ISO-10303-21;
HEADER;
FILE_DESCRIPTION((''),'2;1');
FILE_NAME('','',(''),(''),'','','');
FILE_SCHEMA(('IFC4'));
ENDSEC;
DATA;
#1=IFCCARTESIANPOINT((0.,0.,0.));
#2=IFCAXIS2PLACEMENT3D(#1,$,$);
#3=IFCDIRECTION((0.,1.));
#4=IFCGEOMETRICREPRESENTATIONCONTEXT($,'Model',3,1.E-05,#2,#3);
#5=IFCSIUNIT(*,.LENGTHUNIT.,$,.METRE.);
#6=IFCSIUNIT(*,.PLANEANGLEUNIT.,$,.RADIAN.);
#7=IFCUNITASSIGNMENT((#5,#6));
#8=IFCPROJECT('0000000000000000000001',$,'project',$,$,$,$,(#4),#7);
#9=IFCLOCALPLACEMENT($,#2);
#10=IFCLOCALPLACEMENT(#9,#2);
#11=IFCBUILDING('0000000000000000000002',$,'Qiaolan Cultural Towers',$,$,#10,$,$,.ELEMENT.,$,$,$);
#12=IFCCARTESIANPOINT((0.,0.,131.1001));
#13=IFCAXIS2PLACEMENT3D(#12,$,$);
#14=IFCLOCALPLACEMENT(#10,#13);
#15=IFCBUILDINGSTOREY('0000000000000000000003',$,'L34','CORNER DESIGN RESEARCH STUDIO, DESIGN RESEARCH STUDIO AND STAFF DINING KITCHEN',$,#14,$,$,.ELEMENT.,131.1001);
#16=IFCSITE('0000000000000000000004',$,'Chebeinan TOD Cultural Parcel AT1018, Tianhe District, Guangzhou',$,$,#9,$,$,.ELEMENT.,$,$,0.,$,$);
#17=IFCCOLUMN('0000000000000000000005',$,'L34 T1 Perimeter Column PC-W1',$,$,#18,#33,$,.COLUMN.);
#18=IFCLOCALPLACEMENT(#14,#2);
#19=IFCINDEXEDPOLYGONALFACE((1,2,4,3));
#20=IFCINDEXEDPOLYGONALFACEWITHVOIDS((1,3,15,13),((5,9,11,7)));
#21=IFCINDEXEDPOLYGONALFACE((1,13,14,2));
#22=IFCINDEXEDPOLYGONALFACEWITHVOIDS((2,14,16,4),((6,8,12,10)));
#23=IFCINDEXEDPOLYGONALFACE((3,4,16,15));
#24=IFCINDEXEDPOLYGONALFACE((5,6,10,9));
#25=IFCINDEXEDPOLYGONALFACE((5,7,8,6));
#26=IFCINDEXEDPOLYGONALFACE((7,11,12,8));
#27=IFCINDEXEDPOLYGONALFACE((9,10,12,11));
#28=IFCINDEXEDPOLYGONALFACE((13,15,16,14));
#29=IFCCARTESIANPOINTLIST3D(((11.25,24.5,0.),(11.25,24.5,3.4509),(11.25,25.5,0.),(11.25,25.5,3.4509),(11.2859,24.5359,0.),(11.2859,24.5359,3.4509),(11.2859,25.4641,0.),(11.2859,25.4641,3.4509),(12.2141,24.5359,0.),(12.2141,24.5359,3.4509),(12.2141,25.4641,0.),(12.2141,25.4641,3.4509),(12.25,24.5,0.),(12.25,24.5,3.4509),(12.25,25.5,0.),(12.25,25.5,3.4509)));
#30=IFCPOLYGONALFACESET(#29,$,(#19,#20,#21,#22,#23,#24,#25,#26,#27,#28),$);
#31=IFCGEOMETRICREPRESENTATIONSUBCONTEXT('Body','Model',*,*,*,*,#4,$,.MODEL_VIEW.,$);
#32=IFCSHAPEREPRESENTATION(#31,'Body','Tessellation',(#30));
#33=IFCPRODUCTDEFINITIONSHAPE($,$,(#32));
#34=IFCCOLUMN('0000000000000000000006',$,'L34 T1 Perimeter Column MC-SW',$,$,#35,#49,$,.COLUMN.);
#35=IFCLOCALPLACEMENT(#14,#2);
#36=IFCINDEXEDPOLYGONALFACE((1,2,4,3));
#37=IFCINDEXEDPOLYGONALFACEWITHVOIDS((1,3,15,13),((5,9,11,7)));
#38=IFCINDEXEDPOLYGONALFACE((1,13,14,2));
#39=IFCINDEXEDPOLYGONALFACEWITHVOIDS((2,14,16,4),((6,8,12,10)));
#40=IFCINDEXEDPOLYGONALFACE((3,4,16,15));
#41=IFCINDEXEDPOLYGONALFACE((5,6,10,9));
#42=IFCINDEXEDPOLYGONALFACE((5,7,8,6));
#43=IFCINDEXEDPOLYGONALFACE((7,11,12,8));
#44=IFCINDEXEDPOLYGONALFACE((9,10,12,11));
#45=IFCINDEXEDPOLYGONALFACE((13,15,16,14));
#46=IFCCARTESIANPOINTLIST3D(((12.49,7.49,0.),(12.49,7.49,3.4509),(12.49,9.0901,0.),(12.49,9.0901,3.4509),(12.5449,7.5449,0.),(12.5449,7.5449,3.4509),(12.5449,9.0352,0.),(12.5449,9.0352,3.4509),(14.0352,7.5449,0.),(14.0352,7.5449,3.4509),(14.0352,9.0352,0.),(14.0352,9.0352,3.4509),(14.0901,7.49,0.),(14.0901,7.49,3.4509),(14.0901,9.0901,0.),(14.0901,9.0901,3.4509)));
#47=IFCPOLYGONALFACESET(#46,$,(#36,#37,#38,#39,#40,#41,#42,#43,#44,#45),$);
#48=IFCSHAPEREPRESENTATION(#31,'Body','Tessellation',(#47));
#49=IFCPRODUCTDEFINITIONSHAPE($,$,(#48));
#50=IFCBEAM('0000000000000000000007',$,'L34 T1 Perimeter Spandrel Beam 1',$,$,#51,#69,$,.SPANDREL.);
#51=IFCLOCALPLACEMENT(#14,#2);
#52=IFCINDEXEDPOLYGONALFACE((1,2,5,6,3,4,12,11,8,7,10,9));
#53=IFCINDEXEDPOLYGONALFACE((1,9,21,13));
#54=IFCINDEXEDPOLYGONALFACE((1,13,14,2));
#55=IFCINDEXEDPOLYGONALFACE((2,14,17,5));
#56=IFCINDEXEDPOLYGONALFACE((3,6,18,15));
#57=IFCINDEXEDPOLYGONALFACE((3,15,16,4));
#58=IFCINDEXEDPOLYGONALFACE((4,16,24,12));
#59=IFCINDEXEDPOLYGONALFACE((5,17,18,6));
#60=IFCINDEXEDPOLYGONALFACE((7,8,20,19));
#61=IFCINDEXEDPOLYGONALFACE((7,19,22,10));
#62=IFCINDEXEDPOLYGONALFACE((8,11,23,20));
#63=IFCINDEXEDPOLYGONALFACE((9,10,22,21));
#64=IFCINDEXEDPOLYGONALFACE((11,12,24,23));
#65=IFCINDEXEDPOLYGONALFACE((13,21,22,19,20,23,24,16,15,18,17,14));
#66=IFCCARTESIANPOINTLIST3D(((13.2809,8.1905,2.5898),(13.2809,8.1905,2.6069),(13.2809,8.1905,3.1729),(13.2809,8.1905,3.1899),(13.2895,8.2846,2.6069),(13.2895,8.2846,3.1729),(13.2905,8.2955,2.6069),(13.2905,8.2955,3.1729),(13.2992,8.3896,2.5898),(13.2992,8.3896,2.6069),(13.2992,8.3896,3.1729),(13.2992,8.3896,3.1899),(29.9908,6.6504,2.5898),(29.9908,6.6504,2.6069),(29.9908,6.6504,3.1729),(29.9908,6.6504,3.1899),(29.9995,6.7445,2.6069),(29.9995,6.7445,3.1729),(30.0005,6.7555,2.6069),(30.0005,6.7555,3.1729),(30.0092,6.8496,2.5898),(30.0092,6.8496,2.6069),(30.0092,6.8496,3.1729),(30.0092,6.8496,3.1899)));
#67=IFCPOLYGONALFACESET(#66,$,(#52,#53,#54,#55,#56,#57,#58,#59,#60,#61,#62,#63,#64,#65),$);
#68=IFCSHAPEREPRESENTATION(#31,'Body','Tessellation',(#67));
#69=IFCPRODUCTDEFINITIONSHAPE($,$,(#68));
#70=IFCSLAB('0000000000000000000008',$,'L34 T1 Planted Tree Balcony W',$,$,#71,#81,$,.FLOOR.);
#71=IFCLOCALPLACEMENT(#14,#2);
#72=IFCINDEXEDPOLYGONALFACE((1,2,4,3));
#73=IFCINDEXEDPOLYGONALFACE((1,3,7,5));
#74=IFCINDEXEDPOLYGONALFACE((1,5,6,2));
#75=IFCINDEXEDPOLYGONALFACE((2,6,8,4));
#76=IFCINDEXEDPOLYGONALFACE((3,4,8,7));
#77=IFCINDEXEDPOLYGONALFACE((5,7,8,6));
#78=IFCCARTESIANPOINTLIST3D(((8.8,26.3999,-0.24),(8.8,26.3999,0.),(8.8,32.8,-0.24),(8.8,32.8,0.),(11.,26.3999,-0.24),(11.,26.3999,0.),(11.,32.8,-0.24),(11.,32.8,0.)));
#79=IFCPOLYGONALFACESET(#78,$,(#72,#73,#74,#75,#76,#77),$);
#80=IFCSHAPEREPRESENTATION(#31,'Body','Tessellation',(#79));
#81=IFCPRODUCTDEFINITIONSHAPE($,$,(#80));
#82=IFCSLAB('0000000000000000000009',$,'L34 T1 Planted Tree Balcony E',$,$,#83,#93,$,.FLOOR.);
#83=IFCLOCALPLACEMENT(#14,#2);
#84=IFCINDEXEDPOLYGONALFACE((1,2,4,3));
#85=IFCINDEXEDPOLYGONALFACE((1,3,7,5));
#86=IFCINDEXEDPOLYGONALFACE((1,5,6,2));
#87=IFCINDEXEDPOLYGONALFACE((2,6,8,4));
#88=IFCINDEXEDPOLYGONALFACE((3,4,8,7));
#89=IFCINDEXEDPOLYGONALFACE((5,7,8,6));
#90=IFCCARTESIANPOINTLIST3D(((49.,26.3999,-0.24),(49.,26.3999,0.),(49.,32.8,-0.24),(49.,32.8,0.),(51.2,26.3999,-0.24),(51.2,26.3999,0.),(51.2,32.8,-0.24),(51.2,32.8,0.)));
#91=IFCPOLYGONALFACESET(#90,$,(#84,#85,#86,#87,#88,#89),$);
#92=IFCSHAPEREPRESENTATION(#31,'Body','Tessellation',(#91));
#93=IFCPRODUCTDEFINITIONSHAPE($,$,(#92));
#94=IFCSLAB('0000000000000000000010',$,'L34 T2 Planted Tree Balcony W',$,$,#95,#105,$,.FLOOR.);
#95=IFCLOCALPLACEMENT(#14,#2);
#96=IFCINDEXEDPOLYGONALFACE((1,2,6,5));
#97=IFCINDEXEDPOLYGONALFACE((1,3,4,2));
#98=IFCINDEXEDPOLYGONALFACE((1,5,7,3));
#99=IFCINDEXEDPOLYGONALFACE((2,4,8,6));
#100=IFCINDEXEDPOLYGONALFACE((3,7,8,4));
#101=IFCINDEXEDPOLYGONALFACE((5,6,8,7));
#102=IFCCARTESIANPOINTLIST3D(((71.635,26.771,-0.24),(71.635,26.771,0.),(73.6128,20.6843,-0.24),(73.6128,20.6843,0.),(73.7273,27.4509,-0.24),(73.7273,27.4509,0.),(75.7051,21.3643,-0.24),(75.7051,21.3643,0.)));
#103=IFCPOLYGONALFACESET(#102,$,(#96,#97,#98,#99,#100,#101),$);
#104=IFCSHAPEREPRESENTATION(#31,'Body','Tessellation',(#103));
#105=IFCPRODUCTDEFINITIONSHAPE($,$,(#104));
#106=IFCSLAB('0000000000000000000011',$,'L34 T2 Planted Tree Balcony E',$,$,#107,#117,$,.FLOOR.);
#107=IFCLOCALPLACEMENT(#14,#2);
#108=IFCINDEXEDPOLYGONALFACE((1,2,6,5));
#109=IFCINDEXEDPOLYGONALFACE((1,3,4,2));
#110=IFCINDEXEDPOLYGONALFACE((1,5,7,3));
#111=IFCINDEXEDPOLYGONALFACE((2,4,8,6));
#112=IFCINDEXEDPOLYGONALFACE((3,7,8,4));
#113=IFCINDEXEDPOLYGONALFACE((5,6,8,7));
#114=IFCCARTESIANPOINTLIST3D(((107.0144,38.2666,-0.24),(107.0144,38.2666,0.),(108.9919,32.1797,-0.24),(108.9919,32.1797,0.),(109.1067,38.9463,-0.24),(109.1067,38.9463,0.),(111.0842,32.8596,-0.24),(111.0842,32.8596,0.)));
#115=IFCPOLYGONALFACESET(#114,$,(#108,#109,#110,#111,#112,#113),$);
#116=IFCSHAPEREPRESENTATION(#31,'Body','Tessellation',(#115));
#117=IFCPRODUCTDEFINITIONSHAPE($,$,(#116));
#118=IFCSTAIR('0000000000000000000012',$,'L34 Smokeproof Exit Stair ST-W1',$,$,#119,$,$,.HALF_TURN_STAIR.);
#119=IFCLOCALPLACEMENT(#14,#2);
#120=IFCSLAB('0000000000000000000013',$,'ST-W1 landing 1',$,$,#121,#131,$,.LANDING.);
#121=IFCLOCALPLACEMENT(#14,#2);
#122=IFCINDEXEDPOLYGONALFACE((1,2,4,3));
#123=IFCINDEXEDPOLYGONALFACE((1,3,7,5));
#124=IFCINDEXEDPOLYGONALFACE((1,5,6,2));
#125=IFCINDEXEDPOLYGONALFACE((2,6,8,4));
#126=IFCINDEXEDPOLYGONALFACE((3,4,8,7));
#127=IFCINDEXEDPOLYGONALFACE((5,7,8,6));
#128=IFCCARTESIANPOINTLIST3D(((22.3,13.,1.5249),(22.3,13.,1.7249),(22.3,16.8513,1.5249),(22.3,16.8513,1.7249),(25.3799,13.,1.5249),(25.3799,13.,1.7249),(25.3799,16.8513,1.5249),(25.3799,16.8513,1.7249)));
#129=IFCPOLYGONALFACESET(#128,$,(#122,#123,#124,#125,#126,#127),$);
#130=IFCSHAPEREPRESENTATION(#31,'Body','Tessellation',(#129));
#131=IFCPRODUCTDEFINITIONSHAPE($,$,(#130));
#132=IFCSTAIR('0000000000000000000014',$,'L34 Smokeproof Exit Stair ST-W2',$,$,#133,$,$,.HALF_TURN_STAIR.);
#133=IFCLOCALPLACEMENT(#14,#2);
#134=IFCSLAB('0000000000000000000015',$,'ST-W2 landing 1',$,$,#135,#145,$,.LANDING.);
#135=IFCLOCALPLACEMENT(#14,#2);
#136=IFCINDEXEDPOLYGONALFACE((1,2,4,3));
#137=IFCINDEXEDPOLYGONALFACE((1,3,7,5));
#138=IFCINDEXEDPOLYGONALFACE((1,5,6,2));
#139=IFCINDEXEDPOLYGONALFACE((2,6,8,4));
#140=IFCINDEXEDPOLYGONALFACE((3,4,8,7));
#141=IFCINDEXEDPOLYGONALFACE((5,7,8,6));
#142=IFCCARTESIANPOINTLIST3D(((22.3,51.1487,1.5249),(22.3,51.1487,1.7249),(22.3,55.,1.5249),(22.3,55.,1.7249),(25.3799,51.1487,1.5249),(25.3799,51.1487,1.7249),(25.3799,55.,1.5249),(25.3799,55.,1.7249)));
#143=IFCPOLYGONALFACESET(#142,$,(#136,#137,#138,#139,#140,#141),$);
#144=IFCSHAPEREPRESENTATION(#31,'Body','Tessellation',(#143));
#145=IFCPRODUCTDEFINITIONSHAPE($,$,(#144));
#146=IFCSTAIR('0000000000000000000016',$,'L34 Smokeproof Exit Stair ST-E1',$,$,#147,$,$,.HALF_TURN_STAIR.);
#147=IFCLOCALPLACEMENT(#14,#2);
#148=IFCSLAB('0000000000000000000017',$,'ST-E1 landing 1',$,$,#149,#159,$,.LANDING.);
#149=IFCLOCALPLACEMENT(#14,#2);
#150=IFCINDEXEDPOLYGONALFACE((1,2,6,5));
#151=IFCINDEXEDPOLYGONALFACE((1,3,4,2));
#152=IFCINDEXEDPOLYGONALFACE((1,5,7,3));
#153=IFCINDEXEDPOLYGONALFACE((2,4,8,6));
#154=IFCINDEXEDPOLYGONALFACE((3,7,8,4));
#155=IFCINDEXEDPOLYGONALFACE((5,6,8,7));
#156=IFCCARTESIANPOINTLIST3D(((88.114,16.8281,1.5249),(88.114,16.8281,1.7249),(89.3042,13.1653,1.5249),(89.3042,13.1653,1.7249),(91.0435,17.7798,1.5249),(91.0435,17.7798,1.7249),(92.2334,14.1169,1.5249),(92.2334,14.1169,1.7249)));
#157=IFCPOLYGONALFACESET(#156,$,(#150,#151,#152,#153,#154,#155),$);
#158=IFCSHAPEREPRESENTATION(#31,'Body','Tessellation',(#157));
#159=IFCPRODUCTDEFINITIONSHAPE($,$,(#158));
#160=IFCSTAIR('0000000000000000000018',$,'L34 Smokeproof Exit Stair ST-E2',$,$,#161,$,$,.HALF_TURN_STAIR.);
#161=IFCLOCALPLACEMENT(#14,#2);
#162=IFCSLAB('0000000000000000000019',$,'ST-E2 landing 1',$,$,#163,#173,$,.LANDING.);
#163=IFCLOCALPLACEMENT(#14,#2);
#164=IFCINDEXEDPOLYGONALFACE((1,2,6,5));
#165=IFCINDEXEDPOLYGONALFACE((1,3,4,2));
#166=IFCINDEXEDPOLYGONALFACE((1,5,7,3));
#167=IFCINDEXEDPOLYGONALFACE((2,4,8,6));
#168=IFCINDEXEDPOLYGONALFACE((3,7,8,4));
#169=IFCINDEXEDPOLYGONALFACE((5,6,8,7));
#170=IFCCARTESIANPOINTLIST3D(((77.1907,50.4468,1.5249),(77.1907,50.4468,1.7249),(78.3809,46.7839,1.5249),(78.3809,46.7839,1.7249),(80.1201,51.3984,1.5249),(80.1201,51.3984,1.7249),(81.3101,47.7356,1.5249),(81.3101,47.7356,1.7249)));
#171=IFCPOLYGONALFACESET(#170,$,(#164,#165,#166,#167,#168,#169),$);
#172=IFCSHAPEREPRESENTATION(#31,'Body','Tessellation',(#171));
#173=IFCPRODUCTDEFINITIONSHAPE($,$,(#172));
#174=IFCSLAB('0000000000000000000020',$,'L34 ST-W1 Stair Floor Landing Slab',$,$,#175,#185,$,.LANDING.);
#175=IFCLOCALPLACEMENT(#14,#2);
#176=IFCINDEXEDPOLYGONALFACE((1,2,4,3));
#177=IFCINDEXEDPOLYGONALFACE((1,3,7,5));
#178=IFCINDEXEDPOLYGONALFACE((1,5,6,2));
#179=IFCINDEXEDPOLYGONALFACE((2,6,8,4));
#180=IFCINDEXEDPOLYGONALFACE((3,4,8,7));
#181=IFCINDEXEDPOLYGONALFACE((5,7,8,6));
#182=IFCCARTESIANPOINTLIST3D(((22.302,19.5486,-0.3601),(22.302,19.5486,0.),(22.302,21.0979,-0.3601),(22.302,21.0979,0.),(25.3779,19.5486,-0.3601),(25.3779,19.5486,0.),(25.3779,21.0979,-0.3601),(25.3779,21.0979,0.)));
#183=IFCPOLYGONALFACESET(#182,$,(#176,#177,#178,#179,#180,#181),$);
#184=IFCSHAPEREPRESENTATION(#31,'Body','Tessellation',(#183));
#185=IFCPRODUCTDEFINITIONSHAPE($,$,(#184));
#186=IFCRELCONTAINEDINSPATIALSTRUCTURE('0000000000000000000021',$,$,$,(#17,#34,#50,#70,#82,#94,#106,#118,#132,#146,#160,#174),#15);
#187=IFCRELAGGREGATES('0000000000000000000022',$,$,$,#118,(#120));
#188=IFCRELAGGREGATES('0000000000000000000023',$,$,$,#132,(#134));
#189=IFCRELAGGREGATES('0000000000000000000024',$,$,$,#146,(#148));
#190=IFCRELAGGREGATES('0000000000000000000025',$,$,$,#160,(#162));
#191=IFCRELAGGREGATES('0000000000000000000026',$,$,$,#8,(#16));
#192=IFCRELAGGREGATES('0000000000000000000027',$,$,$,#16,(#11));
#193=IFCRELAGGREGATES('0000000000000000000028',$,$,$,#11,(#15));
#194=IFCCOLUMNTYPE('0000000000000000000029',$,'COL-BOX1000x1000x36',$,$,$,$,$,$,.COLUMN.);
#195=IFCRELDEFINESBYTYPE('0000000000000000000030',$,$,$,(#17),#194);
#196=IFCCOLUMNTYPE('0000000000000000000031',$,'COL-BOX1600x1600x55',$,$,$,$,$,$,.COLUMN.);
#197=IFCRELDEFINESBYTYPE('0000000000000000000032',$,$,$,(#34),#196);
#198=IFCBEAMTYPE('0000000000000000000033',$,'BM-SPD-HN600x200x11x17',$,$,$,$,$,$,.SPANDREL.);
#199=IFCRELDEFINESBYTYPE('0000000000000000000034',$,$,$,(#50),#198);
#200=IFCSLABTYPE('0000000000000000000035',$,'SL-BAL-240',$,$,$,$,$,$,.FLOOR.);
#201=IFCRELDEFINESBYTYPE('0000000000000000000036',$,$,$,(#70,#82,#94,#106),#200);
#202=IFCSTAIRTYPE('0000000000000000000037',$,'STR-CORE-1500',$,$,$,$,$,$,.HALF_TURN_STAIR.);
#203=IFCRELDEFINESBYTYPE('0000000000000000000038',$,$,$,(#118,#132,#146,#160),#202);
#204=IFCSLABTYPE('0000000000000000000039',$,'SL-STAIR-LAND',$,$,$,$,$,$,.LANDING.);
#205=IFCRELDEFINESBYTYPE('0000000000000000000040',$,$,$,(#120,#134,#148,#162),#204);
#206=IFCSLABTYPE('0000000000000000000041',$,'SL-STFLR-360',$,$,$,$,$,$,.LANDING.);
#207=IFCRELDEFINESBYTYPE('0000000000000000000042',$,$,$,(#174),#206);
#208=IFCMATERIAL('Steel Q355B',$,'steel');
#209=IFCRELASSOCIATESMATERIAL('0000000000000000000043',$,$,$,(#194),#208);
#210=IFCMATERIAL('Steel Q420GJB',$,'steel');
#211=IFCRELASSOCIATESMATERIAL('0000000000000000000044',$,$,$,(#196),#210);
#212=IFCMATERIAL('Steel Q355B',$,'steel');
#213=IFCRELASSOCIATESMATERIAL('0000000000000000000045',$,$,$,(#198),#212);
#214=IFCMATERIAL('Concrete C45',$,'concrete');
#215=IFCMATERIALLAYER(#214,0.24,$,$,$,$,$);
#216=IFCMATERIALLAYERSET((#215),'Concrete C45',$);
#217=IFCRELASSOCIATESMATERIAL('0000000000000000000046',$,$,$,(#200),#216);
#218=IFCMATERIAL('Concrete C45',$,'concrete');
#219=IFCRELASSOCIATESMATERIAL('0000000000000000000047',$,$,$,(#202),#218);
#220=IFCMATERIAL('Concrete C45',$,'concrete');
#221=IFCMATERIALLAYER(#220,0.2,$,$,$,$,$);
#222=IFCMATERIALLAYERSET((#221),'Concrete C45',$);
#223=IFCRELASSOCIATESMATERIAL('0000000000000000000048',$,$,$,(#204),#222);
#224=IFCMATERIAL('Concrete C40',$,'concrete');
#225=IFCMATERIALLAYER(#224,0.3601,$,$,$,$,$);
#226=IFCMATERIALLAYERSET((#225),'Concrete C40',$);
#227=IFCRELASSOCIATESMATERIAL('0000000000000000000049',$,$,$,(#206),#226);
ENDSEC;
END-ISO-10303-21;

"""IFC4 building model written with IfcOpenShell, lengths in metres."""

from ifc_helpers import new_model, si_unit, direction, frame, origin, origin_2d, place, context, subcontext, project, spatial, polyline, hollow_rectangle, i_section, outline, extrude, material, layer, layer_set, material_profile, profile_set, type_object, element, aggregate, save


model = new_model("IFC4")

# Units and contexts
model_context = context("Model", 3, precision=1e-05, world=origin(), true_north=direction((0.0, 1.0)))
body_context = subcontext(model_context, "Body", "Model", "MODEL_VIEW")
ifc_project = project(units=[si_unit("LENGTHUNIT", "METRE"), si_unit("PLANEANGLEUNIT", "RADIAN")], contexts=[model_context])

# Site, building, storey
site_placement = place(None, origin())
site = spatial("IfcSite", under=ifc_project, at=site_placement, Name="Chebeinan TOD Cultural Parcel AT1018, Tianhe District, Guangzhou", CompositionType="ELEMENT", RefElevation=0.0)
building_placement = place(site_placement, origin())
building = spatial("IfcBuilding", under=site, at=building_placement, Name="Qiaolan Cultural Towers", CompositionType="ELEMENT")
storey_placement = place(building_placement, frame((0.0, 0.0, 131.1001)))
storey = spatial("IfcBuildingStorey", under=building, at=storey_placement, Name="L34", Description="CORNER DESIGN RESEARCH STUDIO, DESIGN RESEARCH STUDIO AND STAFF DINING KITCHEN", CompositionType="ELEMENT", Elevation=131.1001)

# Columns
ifc_material_1 = material(Name="Steel Q355B", Category="steel")
ifc_material_profile_1 = material_profile(ifc_material_1, hollow_rectangle(XDim=1.0, YDim=1.0, WallThickness=0.0359, at=origin_2d()), Name="BOX1000x1000x36")
ifc_profile_set_1 = profile_set([ifc_material_profile_1], Name="Steel Q355B")
column_type_1 = type_object("IfcColumnType", Name="COL-BOX1000x1000x36", PredefinedType="COLUMN", material=ifc_profile_set_1)
column_1_placement = place(storey_placement, frame((11.75, 25.0, 0.0), z_axis=(0.0, 0.0, 1.0), x_axis=(1.0, 0.0, 0.0)))
element("IfcColumn", 1, at=column_1_placement, inside=storey, type_object=column_type_1, Name="L34 T1 Perimeter Column PC-W1", PredefinedType="COLUMN", context=body_context, shape_type="SweptSolid", body=[
    extrude(hollow_rectangle(XDim=1.0, YDim=1.0, WallThickness=0.0359, at=origin_2d()), origin(), (0.0, 0.0, 1.0), 3.4509),
])
ifc_material_2 = material(Name="Steel Q420GJB", Category="steel")
ifc_material_profile_2 = material_profile(ifc_material_2, hollow_rectangle(XDim=1.6001, YDim=1.6001, WallThickness=0.0549, at=origin_2d()), Name="BOX1600x1600x55")
ifc_profile_set_2 = profile_set([ifc_material_profile_2], Name="Steel Q420GJB")
column_type_2 = type_object("IfcColumnType", Name="COL-BOX1600x1600x55", PredefinedType="COLUMN", material=ifc_profile_set_2)
column_2_placement = place(storey_placement, frame((13.29, 8.29, 0.0), z_axis=(0.0, 0.0, 1.0), x_axis=(1.0, 0.0, 0.0)))
element("IfcColumn", 2, at=column_2_placement, inside=storey, type_object=column_type_2, Name="L34 T1 Perimeter Column MC-SW", PredefinedType="COLUMN", context=body_context, shape_type="SweptSolid", body=[
    extrude(hollow_rectangle(XDim=1.6001, YDim=1.6001, WallThickness=0.0549, at=origin_2d()), origin(), (0.0, 0.0, 1.0), 3.4509),
])

# Beam
ifc_material_3 = material(Name="Steel Q355B", Category="steel")
ifc_material_profile_3 = material_profile(ifc_material_3, i_section(OverallWidth=0.2, OverallDepth=0.6001, WebThickness=0.011, FlangeThickness=0.0171, at=origin_2d()), Name="HN600x200x11x17")
ifc_profile_set_3 = profile_set([ifc_material_profile_3], Name="Steel Q355B")
beam_type = type_object("IfcBeamType", Name="BM-SPD-HN600x200x11x17", PredefinedType="SPANDREL", material=ifc_profile_set_3)
beam_placement = place(storey_placement, frame((13.29, 8.29, 2.8899), z_axis=(0.99578, -0.091774, 0.0), x_axis=(0.091774, 0.99578, 0.0)))
element("IfcBeam", 3, at=beam_placement, inside=storey, type_object=beam_type, Name="L34 T1 Perimeter Spandrel Beam 1", PredefinedType="SPANDREL", context=body_context, shape_type="SweptSolid", body=[
    extrude(i_section(OverallWidth=0.2, OverallDepth=0.6001, WebThickness=0.011, FlangeThickness=0.0171, at=origin_2d()), origin(), (0.0, 0.0, 1.0), 16.7808),
])

# Slabs
ifc_material_4 = material(Name="Concrete C45", Category="concrete")
ifc_layer_1 = layer(ifc_material_4, 0.24)
ifc_layer_set_1 = layer_set([ifc_layer_1], Name="Concrete C45")
slab_type_1 = type_object("IfcSlabType", Name="SL-BAL-240", PredefinedType="FLOOR", material=ifc_layer_set_1)
slab_1_placement = place(storey_placement, frame((0.0, 0.0, -0.24)))
element("IfcSlab", 4, at=slab_1_placement, inside=storey, type_object=slab_type_1, Name="L34 T1 Planted Tree Balcony W", PredefinedType="FLOOR", context=body_context, shape_type="SweptSolid", body=[
    extrude(outline(polyline([(8.8, 26.3999), (11.0, 26.3999), (11.0, 32.8), (8.8, 32.8), (8.8, 26.3999)])), origin(), (0.0, 0.0, 1.0), 0.24),
])
slab_2_placement = place(storey_placement, frame((0.0, 0.0, -0.24)))
element("IfcSlab", 5, at=slab_2_placement, inside=storey, type_object=slab_type_1, Name="L34 T1 Planted Tree Balcony E", PredefinedType="FLOOR", context=body_context, shape_type="SweptSolid", body=[
    extrude(outline(polyline([(49.0, 26.3999), (51.2, 26.3999), (51.2, 32.8), (49.0, 32.8), (49.0, 26.3999)])), origin(), (0.0, 0.0, 1.0), 0.24),
])
slab_3_placement = place(storey_placement, frame((0.0, 0.0, -0.24)))
element("IfcSlab", 6, at=slab_3_placement, inside=storey, type_object=slab_type_1, Name="L34 T2 Planted Tree Balcony W", PredefinedType="FLOOR", context=body_context, shape_type="SweptSolid", body=[
    extrude(outline(polyline([(73.6128, 20.6843), (75.7051, 21.3643), (73.7273, 27.4509), (71.635, 26.771), (73.6128, 20.6843)])), origin(), (0.0, 0.0, 1.0), 0.24),
])
slab_4_placement = place(storey_placement, frame((0.0, 0.0, -0.24)))
element("IfcSlab", 7, at=slab_4_placement, inside=storey, type_object=slab_type_1, Name="L34 T2 Planted Tree Balcony E", PredefinedType="FLOOR", context=body_context, shape_type="SweptSolid", body=[
    extrude(outline(polyline([(108.9919, 32.1797), (111.0842, 32.8596), (109.1067, 38.9463), (107.0144, 38.2666), (108.9919, 32.1797)])), origin(), (0.0, 0.0, 1.0), 0.24),
])

# Stairs, slabs
ifc_material_5 = material(Name="Concrete C45", Category="concrete")
stair_type = type_object("IfcStairType", Name="STR-CORE-1500", PredefinedType="HALF_TURN_STAIR", material=ifc_material_5)
stair_1_placement = place(storey_placement, origin())
stair_1 = element("IfcStair", 8, at=stair_1_placement, inside=storey, type_object=stair_type, Name="L34 Smokeproof Exit Stair ST-W1", PredefinedType="HALF_TURN_STAIR")
ifc_material_6 = material(Name="Concrete C45", Category="concrete")
ifc_layer_2 = layer(ifc_material_6, 0.2)
ifc_layer_set_2 = layer_set([ifc_layer_2], Name="Concrete C45")
slab_type_2 = type_object("IfcSlabType", Name="SL-STAIR-LAND", PredefinedType="LANDING", material=ifc_layer_set_2)
slab_5_placement = place(storey_placement, frame((0.0, 0.0, 1.5249)))
slab_5 = element("IfcSlab", 9, at=slab_5_placement, type_object=slab_type_2, Name="ST-W1 landing 1", PredefinedType="LANDING", context=body_context, shape_type="SweptSolid", body=[
    extrude(outline(polyline([(22.3, 16.8513), (22.3, 13.0), (25.3799, 13.0), (25.3799, 16.8513), (22.3, 16.8513)])), origin(), (0.0, 0.0, 1.0), 0.2),
])
aggregate(stair_1, [slab_5])
stair_2_placement = place(storey_placement, origin())
stair_2 = element("IfcStair", 10, at=stair_2_placement, inside=storey, type_object=stair_type, Name="L34 Smokeproof Exit Stair ST-W2", PredefinedType="HALF_TURN_STAIR")
slab_6_placement = place(storey_placement, frame((0.0, 0.0, 1.5249)))
slab_6 = element("IfcSlab", 11, at=slab_6_placement, type_object=slab_type_2, Name="ST-W2 landing 1", PredefinedType="LANDING", context=body_context, shape_type="SweptSolid", body=[
    extrude(outline(polyline([(25.3799, 51.1487), (25.3799, 55.0), (22.3, 55.0), (22.3, 51.1487), (25.3799, 51.1487)])), origin(), (0.0, 0.0, 1.0), 0.2),
])
aggregate(stair_2, [slab_6])
stair_3_placement = place(storey_placement, origin())
stair_3 = element("IfcStair", 12, at=stair_3_placement, inside=storey, type_object=stair_type, Name="L34 Smokeproof Exit Stair ST-E1", PredefinedType="HALF_TURN_STAIR")
slab_7_placement = place(storey_placement, frame((0.0, 0.0, 1.5249)))
slab_7 = element("IfcSlab", 13, at=slab_7_placement, type_object=slab_type_2, Name="ST-E1 landing 1", PredefinedType="LANDING", context=body_context, shape_type="SweptSolid", body=[
    extrude(outline(polyline([(88.114, 16.8281), (89.3042, 13.1653), (92.2334, 14.1169), (91.0435, 17.7798), (88.114, 16.8281)])), origin(), (0.0, 0.0, 1.0), 0.2),
])
aggregate(stair_3, [slab_7])
stair_4_placement = place(storey_placement, origin())
stair_4 = element("IfcStair", 14, at=stair_4_placement, inside=storey, type_object=stair_type, Name="L34 Smokeproof Exit Stair ST-E2", PredefinedType="HALF_TURN_STAIR")
slab_8_placement = place(storey_placement, frame((0.0, 0.0, 1.5249)))
slab_8 = element("IfcSlab", 15, at=slab_8_placement, type_object=slab_type_2, Name="ST-E2 landing 1", PredefinedType="LANDING", context=body_context, shape_type="SweptSolid", body=[
    extrude(outline(polyline([(81.3101, 47.7356), (80.1201, 51.3984), (77.1907, 50.4468), (78.3809, 46.7839), (81.3101, 47.7356)])), origin(), (0.0, 0.0, 1.0), 0.2),
])
aggregate(stair_4, [slab_8])

# Slab
ifc_material_7 = material(Name="Concrete C40", Category="concrete")
ifc_layer_3 = layer(ifc_material_7, 0.3601)
ifc_layer_set_3 = layer_set([ifc_layer_3], Name="Concrete C40")
slab_type_3 = type_object("IfcSlabType", Name="SL-STFLR-360", PredefinedType="LANDING", material=ifc_layer_set_3)
slab_9_placement = place(storey_placement, frame((0.0, 0.0, -0.3601)))
element("IfcSlab", 16, at=slab_9_placement, inside=storey, type_object=slab_type_3, Name="L34 ST-W1 Stair Floor Landing Slab", PredefinedType="LANDING", context=body_context, shape_type="SweptSolid", body=[
    extrude(outline(polyline([(22.302, 21.0979), (22.302, 19.5486), (25.3779, 19.5486), (25.3779, 21.0979), (22.302, 21.0979)])), origin(), (0.0, 0.0, 1.0), 0.3601),
])

save(model, "model.ifc")
